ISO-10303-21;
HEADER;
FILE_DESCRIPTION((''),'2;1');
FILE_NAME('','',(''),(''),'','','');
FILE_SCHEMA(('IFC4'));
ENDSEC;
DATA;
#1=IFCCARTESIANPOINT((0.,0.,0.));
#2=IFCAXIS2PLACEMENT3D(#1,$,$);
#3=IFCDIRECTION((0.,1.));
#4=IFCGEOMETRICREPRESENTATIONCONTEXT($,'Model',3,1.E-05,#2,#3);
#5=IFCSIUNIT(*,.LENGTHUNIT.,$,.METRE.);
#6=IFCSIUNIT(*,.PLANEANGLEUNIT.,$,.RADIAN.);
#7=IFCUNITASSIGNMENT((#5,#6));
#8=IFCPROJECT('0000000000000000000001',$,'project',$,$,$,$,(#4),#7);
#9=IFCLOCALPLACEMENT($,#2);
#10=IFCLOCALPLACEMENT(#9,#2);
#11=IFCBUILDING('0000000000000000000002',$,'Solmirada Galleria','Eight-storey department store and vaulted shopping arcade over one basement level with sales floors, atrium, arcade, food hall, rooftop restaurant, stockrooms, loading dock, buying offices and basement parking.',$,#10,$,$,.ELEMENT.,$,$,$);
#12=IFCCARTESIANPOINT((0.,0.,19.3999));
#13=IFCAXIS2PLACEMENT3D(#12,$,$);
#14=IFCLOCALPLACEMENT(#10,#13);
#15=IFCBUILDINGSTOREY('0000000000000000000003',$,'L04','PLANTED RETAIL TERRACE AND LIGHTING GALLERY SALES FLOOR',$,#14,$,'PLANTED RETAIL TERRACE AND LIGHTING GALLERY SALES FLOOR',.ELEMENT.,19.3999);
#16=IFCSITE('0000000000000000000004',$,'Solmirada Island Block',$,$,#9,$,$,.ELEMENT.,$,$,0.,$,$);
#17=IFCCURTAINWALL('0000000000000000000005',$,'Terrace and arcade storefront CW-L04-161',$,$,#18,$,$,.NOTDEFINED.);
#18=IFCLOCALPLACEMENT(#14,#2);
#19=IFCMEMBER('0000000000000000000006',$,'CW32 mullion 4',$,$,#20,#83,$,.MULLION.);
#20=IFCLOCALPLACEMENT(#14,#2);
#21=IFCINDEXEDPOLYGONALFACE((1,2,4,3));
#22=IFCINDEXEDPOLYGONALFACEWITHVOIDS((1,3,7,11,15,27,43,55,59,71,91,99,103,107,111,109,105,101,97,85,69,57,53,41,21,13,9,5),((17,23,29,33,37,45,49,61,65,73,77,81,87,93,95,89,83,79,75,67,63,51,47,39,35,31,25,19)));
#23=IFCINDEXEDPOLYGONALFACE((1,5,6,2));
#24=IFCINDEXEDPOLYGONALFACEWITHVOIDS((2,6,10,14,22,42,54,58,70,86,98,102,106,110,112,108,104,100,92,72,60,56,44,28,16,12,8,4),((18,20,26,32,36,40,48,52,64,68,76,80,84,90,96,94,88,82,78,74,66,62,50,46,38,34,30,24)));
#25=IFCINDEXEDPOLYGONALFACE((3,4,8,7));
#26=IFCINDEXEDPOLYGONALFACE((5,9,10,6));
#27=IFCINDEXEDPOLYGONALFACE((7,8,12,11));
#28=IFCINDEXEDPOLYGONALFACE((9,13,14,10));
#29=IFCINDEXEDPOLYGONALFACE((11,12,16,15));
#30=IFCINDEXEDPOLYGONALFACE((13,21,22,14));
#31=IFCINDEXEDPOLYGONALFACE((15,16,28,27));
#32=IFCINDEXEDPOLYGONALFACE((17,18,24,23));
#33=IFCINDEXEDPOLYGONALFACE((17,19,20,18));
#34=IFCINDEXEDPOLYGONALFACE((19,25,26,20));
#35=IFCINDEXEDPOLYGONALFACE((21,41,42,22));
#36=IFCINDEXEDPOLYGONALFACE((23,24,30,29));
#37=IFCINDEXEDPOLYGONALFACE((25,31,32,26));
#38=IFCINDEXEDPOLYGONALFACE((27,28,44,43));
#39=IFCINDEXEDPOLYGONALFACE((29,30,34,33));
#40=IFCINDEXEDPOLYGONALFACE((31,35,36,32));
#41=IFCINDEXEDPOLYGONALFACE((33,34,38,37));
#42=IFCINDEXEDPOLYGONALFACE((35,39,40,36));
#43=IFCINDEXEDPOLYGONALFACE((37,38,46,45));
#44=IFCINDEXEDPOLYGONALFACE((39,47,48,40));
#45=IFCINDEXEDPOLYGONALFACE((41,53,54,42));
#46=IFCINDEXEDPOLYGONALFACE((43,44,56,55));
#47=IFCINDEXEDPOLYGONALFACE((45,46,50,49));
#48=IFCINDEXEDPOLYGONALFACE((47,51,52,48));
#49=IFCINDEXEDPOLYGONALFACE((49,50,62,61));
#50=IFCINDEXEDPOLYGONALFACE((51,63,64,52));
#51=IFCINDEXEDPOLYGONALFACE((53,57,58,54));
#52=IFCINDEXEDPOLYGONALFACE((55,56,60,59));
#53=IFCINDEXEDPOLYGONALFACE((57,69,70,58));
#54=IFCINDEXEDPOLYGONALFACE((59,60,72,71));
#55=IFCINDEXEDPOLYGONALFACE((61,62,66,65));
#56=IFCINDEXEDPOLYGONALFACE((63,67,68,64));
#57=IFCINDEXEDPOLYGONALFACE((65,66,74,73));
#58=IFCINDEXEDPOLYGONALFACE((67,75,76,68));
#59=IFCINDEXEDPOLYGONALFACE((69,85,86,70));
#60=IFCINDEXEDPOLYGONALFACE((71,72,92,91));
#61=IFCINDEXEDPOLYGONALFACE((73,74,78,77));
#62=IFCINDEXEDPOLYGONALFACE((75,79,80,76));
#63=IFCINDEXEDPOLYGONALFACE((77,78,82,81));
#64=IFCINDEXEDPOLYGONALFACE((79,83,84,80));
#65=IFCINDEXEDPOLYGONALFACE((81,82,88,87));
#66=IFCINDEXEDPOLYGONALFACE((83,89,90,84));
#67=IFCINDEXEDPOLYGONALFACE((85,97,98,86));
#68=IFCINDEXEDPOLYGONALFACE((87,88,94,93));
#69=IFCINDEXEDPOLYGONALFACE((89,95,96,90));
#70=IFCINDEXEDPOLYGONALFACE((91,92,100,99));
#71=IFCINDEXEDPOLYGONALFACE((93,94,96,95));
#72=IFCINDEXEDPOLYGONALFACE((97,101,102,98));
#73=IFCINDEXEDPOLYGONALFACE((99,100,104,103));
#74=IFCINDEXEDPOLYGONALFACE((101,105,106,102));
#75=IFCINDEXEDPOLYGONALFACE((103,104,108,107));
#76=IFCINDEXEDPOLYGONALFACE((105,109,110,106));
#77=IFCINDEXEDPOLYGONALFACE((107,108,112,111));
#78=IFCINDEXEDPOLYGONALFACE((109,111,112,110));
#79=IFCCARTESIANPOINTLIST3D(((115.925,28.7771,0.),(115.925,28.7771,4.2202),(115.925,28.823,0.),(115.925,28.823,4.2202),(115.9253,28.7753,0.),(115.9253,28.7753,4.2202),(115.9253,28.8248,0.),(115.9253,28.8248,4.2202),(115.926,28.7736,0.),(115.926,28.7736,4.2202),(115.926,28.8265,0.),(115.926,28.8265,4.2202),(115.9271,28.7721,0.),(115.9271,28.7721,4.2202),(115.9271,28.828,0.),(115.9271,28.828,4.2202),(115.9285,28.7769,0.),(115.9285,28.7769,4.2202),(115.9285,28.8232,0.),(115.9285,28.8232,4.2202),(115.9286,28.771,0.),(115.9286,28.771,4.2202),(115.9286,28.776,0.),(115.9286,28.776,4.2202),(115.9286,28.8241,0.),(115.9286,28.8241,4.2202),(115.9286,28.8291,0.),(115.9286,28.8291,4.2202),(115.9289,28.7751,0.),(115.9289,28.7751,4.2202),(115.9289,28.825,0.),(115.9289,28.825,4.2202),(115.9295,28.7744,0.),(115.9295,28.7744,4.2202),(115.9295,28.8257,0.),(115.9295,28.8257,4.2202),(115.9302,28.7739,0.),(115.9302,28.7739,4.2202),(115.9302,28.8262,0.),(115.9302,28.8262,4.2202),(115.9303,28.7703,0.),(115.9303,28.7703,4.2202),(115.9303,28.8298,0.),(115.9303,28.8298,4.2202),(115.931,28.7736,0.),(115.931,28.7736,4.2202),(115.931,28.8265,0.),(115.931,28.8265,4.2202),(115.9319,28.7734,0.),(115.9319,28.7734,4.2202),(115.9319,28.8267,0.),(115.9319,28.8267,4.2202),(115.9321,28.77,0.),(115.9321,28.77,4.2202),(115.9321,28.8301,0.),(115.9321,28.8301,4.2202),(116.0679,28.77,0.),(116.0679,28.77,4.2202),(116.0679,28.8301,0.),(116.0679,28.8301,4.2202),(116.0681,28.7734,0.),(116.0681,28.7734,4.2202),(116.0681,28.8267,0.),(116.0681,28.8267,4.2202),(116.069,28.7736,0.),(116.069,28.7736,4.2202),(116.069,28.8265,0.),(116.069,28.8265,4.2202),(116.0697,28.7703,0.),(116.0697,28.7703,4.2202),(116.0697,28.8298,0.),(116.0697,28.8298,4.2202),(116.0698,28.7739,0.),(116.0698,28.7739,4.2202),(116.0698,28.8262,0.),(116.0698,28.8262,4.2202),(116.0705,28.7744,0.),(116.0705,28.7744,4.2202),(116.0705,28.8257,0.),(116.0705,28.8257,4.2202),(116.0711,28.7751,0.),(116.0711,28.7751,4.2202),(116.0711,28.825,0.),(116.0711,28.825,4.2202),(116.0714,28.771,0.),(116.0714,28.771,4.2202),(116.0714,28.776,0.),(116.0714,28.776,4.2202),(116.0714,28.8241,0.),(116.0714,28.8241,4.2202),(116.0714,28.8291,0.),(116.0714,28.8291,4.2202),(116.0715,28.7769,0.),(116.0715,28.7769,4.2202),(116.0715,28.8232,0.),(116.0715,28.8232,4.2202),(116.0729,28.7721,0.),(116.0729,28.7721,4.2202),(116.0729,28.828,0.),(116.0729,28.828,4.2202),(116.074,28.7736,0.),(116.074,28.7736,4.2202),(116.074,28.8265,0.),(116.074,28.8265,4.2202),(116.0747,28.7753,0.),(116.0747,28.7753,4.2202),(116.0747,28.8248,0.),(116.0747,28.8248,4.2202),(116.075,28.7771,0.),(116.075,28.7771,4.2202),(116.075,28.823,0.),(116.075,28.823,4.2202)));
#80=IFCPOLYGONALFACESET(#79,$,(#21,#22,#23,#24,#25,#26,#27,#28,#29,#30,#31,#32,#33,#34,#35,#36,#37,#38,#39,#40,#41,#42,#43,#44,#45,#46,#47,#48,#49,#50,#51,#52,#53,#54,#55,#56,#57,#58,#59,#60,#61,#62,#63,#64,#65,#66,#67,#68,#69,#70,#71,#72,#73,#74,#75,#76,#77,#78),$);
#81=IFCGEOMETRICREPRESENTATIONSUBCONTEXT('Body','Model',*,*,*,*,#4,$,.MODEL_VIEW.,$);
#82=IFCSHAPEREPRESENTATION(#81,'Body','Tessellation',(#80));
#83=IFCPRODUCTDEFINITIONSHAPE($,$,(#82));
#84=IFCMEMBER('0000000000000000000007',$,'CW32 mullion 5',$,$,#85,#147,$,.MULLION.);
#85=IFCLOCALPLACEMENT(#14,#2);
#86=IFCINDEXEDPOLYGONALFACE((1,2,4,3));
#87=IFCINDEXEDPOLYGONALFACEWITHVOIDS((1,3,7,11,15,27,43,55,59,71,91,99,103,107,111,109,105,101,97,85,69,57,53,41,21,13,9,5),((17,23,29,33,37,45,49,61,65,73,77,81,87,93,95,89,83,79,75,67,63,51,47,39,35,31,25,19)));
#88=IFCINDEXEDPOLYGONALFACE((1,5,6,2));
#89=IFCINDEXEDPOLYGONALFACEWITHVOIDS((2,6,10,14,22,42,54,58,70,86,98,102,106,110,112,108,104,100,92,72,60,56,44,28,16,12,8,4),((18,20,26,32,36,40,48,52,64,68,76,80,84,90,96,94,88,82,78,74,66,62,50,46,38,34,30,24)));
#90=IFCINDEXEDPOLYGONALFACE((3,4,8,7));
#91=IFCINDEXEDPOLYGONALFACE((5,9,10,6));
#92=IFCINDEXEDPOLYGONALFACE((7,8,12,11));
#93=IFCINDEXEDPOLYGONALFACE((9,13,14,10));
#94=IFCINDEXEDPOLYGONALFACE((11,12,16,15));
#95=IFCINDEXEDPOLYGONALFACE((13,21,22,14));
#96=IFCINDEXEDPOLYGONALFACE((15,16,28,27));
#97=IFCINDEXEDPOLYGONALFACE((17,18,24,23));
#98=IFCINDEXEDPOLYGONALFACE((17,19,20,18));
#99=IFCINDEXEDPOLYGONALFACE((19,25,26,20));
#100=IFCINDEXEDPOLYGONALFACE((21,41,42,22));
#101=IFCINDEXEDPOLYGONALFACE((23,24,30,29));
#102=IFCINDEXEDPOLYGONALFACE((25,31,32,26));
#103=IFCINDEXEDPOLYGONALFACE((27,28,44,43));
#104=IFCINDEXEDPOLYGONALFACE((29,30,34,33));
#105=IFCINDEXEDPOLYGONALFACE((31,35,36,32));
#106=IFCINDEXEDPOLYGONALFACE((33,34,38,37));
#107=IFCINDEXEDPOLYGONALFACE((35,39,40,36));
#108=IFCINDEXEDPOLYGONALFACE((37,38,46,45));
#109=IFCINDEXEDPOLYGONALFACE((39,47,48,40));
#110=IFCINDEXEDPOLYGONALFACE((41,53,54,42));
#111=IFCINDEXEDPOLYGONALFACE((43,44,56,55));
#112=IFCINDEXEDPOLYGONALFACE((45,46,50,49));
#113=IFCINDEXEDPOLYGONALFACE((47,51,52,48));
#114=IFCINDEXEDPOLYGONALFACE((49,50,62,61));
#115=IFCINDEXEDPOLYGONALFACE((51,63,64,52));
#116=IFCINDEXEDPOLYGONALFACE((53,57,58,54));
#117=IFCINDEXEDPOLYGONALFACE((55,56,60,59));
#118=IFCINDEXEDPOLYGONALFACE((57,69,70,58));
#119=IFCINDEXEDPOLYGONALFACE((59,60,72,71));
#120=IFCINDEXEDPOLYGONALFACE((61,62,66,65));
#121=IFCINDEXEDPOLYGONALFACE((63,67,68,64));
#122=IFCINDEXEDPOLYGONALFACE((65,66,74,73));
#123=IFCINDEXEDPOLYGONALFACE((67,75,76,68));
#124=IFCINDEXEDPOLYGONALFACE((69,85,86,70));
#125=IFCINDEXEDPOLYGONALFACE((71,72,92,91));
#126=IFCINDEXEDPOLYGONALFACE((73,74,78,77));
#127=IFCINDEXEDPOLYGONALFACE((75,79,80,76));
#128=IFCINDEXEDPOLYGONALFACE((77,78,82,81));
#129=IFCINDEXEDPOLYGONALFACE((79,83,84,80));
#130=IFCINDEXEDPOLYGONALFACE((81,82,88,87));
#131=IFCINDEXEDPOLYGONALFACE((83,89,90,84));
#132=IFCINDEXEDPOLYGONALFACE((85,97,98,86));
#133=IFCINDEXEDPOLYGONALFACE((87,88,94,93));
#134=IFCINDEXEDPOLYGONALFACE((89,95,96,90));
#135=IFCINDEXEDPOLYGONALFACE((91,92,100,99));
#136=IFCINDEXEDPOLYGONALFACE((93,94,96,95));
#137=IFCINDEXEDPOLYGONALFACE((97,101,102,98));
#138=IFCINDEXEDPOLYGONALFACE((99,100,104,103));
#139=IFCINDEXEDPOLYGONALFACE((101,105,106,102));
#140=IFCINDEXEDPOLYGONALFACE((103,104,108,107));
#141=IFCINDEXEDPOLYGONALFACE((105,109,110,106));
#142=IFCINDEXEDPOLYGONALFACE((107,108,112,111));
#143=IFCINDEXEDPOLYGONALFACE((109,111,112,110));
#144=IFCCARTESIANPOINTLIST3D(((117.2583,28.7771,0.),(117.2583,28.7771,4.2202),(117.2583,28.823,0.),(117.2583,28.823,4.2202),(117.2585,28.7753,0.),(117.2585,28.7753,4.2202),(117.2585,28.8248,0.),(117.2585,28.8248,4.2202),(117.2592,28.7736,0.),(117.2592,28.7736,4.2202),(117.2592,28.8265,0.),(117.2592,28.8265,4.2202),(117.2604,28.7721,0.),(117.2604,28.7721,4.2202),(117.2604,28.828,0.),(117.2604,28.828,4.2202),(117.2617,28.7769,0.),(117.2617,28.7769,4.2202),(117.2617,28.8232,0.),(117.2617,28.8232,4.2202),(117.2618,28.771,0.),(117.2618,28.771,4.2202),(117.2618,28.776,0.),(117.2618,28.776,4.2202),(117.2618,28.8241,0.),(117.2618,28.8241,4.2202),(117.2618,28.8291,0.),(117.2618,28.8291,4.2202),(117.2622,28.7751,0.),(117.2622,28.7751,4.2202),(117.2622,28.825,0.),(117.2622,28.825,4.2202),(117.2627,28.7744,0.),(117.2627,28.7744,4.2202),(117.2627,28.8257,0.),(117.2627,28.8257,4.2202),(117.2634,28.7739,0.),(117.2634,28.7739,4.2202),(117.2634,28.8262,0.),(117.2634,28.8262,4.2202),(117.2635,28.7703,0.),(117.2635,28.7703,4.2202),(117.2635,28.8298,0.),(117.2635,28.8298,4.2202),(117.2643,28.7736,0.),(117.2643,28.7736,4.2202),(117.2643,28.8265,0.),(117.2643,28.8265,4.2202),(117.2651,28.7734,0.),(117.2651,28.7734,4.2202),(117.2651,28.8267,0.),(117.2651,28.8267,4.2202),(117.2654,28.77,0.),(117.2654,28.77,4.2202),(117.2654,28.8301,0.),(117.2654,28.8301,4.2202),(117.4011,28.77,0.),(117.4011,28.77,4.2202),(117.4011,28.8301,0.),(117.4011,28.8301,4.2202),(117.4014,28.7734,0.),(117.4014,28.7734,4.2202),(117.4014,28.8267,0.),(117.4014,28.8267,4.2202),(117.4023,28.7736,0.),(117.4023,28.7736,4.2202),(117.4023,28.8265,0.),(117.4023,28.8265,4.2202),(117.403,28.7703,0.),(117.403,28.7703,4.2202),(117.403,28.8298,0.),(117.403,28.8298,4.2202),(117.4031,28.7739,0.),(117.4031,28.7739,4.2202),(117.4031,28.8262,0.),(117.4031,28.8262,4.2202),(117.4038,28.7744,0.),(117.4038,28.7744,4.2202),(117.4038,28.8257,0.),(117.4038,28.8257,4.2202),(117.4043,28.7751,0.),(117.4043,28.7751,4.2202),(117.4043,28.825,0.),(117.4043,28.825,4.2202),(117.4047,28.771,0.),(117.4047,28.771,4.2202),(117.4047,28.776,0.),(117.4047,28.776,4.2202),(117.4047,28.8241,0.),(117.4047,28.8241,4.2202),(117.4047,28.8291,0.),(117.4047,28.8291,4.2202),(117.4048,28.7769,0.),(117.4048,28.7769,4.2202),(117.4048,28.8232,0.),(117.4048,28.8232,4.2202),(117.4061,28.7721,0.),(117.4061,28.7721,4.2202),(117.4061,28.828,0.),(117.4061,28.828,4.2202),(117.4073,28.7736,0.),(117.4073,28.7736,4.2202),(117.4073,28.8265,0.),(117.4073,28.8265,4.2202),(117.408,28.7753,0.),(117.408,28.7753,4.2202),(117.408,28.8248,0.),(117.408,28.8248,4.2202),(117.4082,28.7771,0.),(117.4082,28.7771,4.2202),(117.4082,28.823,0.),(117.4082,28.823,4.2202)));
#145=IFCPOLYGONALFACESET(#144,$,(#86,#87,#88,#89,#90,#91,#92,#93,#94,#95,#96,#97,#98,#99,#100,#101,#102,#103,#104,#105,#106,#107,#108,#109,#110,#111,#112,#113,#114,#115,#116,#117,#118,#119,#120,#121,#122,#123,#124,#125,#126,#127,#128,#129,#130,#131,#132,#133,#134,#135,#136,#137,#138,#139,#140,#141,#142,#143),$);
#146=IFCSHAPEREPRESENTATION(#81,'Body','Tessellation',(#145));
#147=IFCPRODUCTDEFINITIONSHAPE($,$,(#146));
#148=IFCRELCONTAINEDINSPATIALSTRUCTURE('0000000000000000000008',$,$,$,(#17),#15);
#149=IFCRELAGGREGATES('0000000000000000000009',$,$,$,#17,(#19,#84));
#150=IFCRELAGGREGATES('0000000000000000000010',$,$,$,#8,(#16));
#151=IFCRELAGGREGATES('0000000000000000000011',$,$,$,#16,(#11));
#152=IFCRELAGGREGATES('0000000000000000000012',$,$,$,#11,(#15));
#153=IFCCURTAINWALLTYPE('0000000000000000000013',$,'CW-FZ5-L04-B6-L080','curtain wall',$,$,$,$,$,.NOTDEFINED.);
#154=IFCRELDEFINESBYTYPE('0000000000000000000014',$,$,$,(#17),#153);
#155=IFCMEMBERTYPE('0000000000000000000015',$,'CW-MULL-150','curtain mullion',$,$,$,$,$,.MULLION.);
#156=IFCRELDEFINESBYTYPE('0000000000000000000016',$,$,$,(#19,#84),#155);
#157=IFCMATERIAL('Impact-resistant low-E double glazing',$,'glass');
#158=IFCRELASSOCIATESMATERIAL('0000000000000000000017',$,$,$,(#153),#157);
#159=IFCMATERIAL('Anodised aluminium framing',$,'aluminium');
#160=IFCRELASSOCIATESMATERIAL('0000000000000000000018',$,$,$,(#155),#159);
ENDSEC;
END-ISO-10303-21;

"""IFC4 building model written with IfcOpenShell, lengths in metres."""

from ifc_helpers import new_model, si_unit, direction, frame, origin, origin_2d, place, context, subcontext, project, spatial, hollow_rectangle, extrude, material, material_profile, profile_set, type_object, element, aggregate, save


model = new_model("IFC4")

# Units and contexts
model_context = context("Model", 3, precision=1e-05, world=origin(), true_north=direction((0.0, 1.0)))
body_context = subcontext(model_context, "Body", "Model", "MODEL_VIEW")
ifc_project = project(units=[si_unit("LENGTHUNIT", "METRE"), si_unit("PLANEANGLEUNIT", "RADIAN")], contexts=[model_context])

# Site, building, storey
site_placement = place(None, origin())
site = spatial("IfcSite", under=ifc_project, at=site_placement, Name="Solmirada Island Block", CompositionType="ELEMENT", RefElevation=0.0)
building_placement = place(site_placement, origin())
building = spatial("IfcBuilding", under=site, at=building_placement, Name="Solmirada Galleria", Description="Eight-storey department store and vaulted shopping arcade over one basement level with sales floors, atrium, arcade, food hall, rooftop restaurant, stockrooms, loading dock, buying offices and basement parking.", CompositionType="ELEMENT")
storey_placement = place(building_placement, frame((0.0, 0.0, 19.3999)))
storey = spatial("IfcBuildingStorey", under=building, at=storey_placement, Name="L04", Description="PLANTED RETAIL TERRACE AND LIGHTING GALLERY SALES FLOOR", LongName="PLANTED RETAIL TERRACE AND LIGHTING GALLERY SALES FLOOR", CompositionType="ELEMENT", Elevation=19.3999)

# Curtain wall, members
ifc_material_1 = material(Name="Impact-resistant low-E double glazing", Category="glass")
curtain_wall_type = type_object("IfcCurtainWallType", Name="CW-FZ5-L04-B6-L080", Description="curtain wall", PredefinedType="NOTDEFINED", material=ifc_material_1)
curtain_wall_placement = place(storey_placement, origin())
curtain_wall = element("IfcCurtainWall", 1, at=curtain_wall_placement, inside=storey, type_object=curtain_wall_type, Name="Terrace and arcade storefront CW-L04-161", PredefinedType="NOTDEFINED")
ifc_material_2 = material(Name="Anodised aluminium framing", Category="aluminium")
ifc_material_profile_1 = material_profile(ifc_material_2, hollow_rectangle(XDim=0.0601, YDim=0.1499, WallThickness=0.0034, InnerFilletRadius=0.0034, OuterFilletRadius=0.0071, at=origin_2d()), Name="ALU-MULL-150X60")
ifc_profile_set_1 = profile_set([ifc_material_profile_1], Name="Anodised aluminium framing")
member_type_1 = type_object("IfcMemberType", Name="CW-MULL-150", Description="curtain mullion", PredefinedType="MULLION", material=ifc_profile_set_1)
member_1_placement = place(storey_placement, frame((116.0, 28.8, 0.0), z_axis=(0.0, 0.0, 1.0), x_axis=(0.0, 1.0, 0.0)))
member_1 = element("IfcMember", 2, at=member_1_placement, type_object=member_type_1, Name="CW32 mullion 4", PredefinedType="MULLION", context=body_context, shape_type="SweptSolid", body=[
    extrude(hollow_rectangle(XDim=0.0601, YDim=0.1499, WallThickness=0.0034, InnerFilletRadius=0.0034, OuterFilletRadius=0.0071, at=origin_2d()), origin(), (0.0, 0.0, 1.0), 4.2202),
])
member_2_placement = place(storey_placement, frame((117.3333, 28.8, 0.0), z_axis=(0.0, 0.0, 1.0), x_axis=(0.0, 1.0, 0.0)))
member_2 = element("IfcMember", 3, at=member_2_placement, type_object=member_type_1, Name="CW32 mullion 5", PredefinedType="MULLION", context=body_context, shape_type="SweptSolid", body=[
    extrude(hollow_rectangle(XDim=0.0601, YDim=0.1499, WallThickness=0.0034, InnerFilletRadius=0.0034, OuterFilletRadius=0.0071, at=origin_2d()), origin(), (0.0, 0.0, 1.0), 4.2202),
])
aggregate(curtain_wall, [member_1, member_2])

save(model, "model.ifc")
